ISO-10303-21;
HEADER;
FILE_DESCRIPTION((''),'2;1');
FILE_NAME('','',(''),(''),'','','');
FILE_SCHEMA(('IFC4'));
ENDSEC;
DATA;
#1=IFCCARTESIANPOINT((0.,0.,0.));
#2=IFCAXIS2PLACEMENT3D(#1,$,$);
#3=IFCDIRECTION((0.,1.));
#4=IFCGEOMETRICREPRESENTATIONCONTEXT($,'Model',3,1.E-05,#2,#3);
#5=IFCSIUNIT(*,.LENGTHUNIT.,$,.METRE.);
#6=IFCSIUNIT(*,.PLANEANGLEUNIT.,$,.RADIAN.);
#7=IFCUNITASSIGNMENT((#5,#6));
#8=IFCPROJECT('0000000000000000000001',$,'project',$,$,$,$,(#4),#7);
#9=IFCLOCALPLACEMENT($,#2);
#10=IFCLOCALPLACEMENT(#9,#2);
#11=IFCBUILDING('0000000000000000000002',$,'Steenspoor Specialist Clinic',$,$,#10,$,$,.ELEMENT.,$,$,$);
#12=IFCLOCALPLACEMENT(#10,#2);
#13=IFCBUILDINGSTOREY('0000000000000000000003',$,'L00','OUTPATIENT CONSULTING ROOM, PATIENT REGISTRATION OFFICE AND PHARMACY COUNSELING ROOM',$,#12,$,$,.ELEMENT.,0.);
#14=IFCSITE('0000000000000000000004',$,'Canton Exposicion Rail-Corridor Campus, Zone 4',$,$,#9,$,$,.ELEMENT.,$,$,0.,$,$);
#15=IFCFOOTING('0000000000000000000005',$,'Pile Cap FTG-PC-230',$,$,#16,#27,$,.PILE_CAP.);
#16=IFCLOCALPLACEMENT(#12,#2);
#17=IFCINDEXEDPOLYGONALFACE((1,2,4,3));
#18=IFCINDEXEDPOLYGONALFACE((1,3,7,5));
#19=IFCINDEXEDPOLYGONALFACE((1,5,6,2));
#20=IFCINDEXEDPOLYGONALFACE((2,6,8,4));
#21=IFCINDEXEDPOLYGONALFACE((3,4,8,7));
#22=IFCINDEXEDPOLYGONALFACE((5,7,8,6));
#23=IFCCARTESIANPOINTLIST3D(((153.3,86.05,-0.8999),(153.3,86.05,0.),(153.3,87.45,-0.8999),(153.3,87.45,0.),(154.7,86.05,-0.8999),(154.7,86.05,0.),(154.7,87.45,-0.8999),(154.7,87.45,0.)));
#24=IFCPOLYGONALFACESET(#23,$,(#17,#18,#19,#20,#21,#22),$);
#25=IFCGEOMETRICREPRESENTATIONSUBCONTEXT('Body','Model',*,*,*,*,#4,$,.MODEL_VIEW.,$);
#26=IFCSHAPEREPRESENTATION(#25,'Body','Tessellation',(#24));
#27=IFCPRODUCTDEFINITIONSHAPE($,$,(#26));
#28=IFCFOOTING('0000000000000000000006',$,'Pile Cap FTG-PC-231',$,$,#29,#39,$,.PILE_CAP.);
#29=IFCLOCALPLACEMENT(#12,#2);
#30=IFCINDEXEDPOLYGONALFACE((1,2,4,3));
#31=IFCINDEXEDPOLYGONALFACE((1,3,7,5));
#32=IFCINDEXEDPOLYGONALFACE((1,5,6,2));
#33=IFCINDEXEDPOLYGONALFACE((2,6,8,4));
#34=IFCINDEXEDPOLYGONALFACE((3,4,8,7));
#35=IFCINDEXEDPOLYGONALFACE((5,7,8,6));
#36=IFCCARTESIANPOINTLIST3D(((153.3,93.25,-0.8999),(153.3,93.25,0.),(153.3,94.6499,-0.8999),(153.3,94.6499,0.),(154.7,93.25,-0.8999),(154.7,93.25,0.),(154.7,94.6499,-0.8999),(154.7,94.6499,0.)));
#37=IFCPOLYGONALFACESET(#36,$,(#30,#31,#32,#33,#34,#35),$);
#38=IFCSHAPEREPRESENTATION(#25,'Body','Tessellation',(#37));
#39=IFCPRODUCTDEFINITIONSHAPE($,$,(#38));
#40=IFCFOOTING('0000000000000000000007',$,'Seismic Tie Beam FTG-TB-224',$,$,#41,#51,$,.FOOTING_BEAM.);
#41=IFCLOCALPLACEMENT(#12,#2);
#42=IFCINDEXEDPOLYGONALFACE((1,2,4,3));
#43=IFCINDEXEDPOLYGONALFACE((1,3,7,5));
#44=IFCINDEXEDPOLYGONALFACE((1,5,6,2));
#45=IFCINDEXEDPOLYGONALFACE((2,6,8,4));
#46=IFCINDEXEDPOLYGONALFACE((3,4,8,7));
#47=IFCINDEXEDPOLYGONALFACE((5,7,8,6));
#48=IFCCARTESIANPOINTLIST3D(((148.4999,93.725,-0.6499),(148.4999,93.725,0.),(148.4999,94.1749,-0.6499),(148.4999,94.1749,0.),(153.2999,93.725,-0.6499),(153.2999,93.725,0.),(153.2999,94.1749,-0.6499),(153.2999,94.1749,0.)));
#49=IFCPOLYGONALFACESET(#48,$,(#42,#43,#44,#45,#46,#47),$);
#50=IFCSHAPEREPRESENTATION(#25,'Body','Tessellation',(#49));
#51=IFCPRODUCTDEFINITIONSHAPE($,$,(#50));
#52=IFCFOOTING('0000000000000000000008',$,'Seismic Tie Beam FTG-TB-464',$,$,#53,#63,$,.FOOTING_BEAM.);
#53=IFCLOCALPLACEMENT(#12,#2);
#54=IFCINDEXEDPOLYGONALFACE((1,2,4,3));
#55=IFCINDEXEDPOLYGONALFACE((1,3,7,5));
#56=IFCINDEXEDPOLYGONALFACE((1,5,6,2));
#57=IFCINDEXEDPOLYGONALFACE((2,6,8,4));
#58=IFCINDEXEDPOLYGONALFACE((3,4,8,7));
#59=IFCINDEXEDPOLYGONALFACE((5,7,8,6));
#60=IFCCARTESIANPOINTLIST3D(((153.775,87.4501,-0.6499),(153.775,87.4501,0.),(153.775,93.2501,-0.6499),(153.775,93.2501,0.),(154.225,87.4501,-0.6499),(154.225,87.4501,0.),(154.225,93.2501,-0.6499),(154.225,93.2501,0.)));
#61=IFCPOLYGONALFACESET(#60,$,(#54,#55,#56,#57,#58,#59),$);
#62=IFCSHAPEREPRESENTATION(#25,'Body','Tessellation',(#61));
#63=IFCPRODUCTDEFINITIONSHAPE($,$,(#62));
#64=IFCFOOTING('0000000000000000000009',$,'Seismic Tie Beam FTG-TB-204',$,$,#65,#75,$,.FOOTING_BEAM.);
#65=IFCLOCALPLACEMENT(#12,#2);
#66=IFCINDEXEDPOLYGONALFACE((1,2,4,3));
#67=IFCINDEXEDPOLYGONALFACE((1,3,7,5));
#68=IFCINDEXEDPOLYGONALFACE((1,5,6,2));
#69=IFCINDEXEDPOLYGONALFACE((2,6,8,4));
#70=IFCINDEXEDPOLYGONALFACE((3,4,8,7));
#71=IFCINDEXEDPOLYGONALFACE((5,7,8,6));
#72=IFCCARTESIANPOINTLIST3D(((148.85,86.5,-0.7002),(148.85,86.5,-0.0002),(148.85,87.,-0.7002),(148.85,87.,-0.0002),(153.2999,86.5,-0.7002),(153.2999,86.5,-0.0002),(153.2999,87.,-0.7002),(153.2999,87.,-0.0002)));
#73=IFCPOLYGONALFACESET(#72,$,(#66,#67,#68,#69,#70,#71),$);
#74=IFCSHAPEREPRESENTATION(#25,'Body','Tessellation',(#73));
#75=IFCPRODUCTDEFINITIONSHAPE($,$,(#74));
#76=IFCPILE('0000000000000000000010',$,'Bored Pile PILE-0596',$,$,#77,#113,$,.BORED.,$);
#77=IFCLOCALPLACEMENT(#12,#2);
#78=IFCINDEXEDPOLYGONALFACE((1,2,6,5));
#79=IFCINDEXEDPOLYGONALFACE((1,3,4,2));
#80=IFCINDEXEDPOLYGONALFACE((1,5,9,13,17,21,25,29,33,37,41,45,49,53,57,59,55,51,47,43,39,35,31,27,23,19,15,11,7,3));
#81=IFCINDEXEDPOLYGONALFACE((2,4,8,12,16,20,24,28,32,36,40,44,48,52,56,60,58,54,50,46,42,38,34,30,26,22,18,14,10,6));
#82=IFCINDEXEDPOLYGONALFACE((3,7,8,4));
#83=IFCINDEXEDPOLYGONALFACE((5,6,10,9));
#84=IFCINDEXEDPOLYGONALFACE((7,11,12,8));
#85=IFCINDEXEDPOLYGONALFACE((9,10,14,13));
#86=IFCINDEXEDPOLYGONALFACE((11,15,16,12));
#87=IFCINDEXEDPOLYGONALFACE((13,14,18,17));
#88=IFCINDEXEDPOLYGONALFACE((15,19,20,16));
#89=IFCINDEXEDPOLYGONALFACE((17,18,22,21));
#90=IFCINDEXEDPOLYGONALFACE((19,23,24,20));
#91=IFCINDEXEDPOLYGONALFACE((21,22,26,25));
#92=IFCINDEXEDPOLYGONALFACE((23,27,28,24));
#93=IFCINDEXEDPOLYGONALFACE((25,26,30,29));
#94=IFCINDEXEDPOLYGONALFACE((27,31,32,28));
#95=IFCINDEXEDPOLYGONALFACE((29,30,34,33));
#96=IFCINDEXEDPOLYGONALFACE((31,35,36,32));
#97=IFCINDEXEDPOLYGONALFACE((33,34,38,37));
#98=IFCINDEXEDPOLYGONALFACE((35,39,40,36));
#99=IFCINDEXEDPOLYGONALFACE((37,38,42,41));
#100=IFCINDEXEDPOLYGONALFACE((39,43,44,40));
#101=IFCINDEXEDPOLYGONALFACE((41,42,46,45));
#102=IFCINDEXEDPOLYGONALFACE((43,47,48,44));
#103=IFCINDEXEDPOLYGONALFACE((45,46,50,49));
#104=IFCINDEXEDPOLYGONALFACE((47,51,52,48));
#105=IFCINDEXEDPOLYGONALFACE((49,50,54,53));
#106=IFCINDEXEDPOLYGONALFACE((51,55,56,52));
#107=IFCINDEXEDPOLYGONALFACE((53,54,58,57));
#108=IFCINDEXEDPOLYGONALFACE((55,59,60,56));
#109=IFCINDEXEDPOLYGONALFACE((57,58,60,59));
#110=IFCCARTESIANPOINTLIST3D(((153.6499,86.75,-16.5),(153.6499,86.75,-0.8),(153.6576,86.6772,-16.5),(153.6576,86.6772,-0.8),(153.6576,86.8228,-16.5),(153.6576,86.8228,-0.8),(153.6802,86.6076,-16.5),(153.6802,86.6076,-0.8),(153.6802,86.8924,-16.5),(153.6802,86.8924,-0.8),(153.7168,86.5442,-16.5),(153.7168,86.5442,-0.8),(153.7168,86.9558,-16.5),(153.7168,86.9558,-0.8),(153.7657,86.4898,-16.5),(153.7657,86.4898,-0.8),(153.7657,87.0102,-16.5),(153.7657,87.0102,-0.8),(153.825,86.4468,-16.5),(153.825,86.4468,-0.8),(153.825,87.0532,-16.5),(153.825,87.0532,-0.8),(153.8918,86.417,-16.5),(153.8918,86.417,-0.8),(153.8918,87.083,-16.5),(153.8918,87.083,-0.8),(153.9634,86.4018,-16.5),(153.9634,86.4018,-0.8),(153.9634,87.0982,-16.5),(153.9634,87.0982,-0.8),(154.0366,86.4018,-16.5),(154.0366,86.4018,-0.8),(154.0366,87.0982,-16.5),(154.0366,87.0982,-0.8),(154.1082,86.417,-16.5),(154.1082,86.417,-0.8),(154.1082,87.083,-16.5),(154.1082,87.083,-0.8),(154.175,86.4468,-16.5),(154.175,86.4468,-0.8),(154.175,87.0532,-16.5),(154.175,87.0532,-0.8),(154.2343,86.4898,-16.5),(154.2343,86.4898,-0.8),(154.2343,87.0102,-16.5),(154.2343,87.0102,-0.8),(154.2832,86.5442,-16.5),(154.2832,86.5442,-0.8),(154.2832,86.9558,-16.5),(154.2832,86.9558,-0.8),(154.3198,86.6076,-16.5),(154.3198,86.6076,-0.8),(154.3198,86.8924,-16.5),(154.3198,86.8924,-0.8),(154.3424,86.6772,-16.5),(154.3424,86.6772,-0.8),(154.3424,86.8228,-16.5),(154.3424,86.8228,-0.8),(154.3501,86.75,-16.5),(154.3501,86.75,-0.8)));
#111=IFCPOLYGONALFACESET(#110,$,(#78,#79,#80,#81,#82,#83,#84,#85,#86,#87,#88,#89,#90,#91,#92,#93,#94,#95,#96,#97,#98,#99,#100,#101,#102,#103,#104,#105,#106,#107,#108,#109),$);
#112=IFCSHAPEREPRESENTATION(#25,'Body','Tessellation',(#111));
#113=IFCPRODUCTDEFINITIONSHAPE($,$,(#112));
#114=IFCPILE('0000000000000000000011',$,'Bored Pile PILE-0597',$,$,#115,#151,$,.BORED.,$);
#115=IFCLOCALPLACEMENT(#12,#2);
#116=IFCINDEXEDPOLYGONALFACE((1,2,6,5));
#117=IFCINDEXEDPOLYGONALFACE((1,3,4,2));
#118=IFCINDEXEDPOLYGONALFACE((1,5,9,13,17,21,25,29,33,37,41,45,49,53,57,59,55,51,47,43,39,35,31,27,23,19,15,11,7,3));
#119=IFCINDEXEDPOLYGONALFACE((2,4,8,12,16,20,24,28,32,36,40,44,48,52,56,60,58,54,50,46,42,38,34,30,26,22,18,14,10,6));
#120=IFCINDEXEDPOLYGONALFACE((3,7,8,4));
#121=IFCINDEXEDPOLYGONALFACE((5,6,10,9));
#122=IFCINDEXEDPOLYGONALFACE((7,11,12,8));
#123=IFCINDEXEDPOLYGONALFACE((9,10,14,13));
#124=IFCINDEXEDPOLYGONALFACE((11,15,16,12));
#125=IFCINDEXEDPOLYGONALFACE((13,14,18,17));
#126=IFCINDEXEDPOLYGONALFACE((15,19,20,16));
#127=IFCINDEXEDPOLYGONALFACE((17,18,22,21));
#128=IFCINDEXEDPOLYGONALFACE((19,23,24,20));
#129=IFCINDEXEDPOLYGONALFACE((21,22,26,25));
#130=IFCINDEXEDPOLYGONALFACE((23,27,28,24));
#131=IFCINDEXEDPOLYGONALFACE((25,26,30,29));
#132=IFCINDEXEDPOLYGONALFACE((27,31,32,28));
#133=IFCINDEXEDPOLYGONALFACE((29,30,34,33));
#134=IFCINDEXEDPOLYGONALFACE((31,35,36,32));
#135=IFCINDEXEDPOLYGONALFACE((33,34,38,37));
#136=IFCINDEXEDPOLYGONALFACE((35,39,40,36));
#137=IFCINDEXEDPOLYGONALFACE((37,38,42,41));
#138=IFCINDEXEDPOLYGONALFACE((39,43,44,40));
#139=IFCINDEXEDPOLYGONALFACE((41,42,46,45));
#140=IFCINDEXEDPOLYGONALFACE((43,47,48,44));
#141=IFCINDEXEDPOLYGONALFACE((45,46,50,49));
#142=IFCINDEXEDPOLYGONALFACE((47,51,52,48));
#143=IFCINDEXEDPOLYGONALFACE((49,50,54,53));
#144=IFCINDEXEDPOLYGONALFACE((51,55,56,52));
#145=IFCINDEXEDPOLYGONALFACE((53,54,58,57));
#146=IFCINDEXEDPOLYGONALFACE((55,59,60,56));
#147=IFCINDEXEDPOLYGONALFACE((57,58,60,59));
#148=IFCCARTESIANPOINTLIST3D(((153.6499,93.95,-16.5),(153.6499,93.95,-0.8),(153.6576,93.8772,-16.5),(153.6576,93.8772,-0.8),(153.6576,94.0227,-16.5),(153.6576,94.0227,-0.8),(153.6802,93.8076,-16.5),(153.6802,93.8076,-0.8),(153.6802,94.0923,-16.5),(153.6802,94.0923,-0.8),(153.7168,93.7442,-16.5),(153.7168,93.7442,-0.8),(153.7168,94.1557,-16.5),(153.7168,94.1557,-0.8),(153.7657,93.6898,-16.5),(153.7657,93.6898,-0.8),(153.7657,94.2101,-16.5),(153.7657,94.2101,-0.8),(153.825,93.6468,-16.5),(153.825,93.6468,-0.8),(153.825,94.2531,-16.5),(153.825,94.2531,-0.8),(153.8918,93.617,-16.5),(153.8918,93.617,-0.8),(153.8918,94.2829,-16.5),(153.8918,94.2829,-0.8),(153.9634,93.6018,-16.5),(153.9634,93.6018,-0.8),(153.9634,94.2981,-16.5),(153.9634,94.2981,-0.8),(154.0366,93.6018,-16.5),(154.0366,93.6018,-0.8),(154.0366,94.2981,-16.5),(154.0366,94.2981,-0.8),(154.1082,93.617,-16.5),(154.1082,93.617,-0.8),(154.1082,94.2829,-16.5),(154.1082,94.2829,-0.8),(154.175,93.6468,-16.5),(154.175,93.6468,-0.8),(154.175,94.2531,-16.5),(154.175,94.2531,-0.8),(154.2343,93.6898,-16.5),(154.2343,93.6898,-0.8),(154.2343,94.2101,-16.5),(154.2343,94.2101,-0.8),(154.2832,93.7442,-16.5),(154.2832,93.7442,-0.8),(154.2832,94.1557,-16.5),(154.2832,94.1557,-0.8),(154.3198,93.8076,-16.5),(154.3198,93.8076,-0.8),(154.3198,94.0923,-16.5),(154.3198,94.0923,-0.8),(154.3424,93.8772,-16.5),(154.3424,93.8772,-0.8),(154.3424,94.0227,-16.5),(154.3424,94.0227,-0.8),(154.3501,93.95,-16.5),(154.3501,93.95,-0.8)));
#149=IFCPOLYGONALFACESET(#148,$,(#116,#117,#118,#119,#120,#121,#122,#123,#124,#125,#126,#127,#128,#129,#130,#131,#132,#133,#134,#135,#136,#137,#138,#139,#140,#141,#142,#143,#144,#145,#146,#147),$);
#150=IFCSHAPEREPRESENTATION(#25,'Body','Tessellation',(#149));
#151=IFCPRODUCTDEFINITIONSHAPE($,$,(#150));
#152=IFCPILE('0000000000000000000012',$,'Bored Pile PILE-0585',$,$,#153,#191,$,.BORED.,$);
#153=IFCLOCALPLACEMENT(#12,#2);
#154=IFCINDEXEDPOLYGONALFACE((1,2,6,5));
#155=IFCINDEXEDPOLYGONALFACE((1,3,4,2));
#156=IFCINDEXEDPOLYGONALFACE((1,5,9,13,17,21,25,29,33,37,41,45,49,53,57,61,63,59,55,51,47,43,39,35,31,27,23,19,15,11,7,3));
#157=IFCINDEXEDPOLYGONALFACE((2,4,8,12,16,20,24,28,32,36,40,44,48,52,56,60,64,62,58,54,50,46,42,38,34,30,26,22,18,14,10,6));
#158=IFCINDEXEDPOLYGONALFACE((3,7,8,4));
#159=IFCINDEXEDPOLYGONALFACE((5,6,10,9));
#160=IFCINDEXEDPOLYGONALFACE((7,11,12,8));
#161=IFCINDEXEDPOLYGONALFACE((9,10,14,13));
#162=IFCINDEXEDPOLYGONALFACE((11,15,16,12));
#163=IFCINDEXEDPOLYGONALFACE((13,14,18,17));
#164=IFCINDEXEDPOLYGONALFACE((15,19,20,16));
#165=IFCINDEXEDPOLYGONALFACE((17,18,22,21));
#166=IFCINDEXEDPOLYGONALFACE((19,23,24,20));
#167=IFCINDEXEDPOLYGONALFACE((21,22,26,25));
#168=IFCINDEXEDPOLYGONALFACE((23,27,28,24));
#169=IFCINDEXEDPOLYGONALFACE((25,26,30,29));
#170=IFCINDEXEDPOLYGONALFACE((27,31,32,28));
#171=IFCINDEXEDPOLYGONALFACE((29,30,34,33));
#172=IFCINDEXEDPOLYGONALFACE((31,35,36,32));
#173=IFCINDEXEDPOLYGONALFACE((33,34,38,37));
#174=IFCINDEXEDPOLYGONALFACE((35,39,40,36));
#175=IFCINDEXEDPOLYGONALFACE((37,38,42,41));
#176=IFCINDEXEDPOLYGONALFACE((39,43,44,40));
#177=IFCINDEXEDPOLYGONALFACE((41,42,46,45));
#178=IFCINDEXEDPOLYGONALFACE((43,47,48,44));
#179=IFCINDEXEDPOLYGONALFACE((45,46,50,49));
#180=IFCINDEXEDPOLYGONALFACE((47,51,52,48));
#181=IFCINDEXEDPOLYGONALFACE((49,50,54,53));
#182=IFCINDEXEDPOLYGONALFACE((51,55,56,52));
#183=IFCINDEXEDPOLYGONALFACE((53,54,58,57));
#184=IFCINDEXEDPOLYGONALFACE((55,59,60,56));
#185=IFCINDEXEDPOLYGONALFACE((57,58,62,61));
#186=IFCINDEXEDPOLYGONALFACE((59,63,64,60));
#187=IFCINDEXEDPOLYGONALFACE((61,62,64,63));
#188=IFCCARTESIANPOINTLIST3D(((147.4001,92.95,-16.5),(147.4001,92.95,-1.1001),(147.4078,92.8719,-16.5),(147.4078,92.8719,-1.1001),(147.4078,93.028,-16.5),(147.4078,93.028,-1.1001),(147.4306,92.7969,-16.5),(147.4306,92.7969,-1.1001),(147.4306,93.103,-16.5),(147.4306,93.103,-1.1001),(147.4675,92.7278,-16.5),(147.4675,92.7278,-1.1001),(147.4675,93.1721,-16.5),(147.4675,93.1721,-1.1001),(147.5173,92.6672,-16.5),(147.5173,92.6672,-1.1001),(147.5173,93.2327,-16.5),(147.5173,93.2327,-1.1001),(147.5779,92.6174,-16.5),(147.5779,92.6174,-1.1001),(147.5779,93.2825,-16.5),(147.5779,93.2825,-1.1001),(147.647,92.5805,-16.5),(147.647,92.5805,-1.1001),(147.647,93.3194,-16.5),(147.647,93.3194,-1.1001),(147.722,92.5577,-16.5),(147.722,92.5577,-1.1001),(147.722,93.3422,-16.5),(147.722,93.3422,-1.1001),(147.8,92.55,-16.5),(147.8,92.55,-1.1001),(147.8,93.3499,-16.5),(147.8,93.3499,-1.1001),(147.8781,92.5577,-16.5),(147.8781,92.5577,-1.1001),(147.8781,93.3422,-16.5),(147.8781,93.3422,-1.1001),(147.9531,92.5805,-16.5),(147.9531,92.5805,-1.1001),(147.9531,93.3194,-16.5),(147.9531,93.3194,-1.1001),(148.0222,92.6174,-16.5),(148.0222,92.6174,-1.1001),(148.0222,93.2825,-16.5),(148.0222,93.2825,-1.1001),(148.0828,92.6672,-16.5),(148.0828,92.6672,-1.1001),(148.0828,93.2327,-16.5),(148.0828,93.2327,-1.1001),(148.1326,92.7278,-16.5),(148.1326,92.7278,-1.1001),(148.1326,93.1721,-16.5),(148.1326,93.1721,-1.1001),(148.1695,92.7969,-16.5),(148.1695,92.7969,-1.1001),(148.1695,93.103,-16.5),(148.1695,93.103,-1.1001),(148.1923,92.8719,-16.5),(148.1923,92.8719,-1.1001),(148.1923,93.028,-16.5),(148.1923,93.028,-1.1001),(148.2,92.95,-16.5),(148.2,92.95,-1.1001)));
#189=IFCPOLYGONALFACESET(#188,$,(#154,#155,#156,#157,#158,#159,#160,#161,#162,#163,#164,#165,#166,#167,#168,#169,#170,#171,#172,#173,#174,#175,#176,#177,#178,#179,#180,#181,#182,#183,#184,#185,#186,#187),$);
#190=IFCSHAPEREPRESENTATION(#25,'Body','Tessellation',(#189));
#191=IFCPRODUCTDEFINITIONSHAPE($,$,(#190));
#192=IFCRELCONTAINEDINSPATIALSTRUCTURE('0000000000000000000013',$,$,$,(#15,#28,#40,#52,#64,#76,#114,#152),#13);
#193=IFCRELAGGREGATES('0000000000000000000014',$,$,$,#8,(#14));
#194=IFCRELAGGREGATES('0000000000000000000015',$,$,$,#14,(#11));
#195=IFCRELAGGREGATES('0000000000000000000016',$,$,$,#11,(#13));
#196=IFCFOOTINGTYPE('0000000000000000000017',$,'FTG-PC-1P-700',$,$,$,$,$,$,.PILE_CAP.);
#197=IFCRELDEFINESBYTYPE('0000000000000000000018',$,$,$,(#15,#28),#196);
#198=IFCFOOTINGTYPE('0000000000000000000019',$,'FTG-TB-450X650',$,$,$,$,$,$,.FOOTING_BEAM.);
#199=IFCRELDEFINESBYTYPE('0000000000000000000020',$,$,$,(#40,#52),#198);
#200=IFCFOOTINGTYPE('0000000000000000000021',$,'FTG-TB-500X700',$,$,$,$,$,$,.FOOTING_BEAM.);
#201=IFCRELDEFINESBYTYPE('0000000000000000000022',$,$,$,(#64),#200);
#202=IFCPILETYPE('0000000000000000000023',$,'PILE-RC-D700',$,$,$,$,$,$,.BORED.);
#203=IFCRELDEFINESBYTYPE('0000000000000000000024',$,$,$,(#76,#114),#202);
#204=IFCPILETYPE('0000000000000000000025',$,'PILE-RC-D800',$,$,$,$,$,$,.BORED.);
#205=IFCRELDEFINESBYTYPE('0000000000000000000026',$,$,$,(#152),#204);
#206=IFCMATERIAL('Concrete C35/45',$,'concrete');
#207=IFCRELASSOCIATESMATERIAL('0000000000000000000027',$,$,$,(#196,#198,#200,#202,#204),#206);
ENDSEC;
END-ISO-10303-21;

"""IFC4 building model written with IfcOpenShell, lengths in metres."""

from ifc_helpers import new_model, si_unit, direction, frame, origin, origin_2d, place, context, subcontext, project, spatial, rectangle, circle, extrude, material, material_profile, profile_set, type_object, element, save


model = new_model("IFC4")

# Units and contexts
model_context = context("Model", 3, precision=1e-05, world=origin(), true_north=direction((0.0, 1.0)))
body_context = subcontext(model_context, "Body", "Model", "MODEL_VIEW")
ifc_project = project(units=[si_unit("LENGTHUNIT", "METRE"), si_unit("PLANEANGLEUNIT", "RADIAN")], contexts=[model_context])

# Site, building, storey
site_placement = place(None, origin())
site = spatial("IfcSite", under=ifc_project, at=site_placement, Name="Canton Exposicion Rail-Corridor Campus, Zone 4", CompositionType="ELEMENT", RefElevation=0.0)
building_placement = place(site_placement, origin())
building = spatial("IfcBuilding", under=site, at=building_placement, Name="Steenspoor Specialist Clinic", CompositionType="ELEMENT")
storey_placement = place(building_placement, origin())
storey = spatial("IfcBuildingStorey", under=building, at=storey_placement, Name="L00", Description="OUTPATIENT CONSULTING ROOM, PATIENT REGISTRATION OFFICE AND PHARMACY COUNSELING ROOM", CompositionType="ELEMENT", Elevation=0.0)

# Footings
ifc_material_1 = material(Name="Concrete C35/45", Category="concrete")
footing_type_1 = type_object("IfcFootingType", Name="FTG-PC-1P-700", PredefinedType="PILE_CAP", material=ifc_material_1)
for number, where, z_axis, x_axis, name in (
    (1, (154.0, 86.75, -0.8999), (0.0, 0.0, 1.0), (1.0, 0.0, 0.0), "Pile Cap FTG-PC-230"),
    (2, (154.0, 93.95, -0.8999), (0.0, 0.0, 1.0), (1.0, 0.0, 0.0), "Pile Cap FTG-PC-231"),
):
    element("IfcFooting", number, at=place(storey_placement, frame(where, z_axis=z_axis, x_axis=x_axis)), inside=storey, type_object=footing_type_1, Name=name, PredefinedType="PILE_CAP", context=body_context, shape_type="SweptSolid", body=[
        extrude(rectangle(XDim=1.3999, YDim=1.3999, at=origin_2d()), origin(), (0.0, 0.0, 1.0), 0.8999),
    ])
footing_type_2 = type_object("IfcFootingType", Name="FTG-TB-450X650", PredefinedType="FOOTING_BEAM", material=ifc_material_1)
footing_1_placement = place(storey_placement, frame((150.8999, 93.95, -0.6499), z_axis=(0.0, 0.0, 1.0), x_axis=(1.0, 0.0, 0.0)))
element("IfcFooting", 3, at=footing_1_placement, inside=storey, type_object=footing_type_2, Name="Seismic Tie Beam FTG-TB-224", PredefinedType="FOOTING_BEAM", context=body_context, shape_type="SweptSolid", body=[
    extrude(rectangle(XDim=4.8, YDim=0.45, at=origin_2d()), origin(), (0.0, 0.0, 1.0), 0.6499),
])
footing_2_placement = place(storey_placement, frame((154.0, 90.3501, -0.6499), z_axis=(0.0, 0.0, 1.0), x_axis=(1.0, 0.0, 0.0)))
element("IfcFooting", 4, at=footing_2_placement, inside=storey, type_object=footing_type_2, Name="Seismic Tie Beam FTG-TB-464", PredefinedType="FOOTING_BEAM", context=body_context, shape_type="SweptSolid", body=[
    extrude(rectangle(XDim=0.45, YDim=5.8, at=origin_2d()), origin(), (0.0, 0.0, 1.0), 0.6499),
])
footing_type_3 = type_object("IfcFootingType", Name="FTG-TB-500X700", PredefinedType="FOOTING_BEAM", material=ifc_material_1)
footing_3_placement = place(storey_placement, frame((151.075, 86.75, -0.7002), z_axis=(0.0, 0.0, 1.0), x_axis=(1.0, 0.0, 0.0)))
element("IfcFooting", 5, at=footing_3_placement, inside=storey, type_object=footing_type_3, Name="Seismic Tie Beam FTG-TB-204", PredefinedType="FOOTING_BEAM", context=body_context, shape_type="SweptSolid", body=[
    extrude(rectangle(XDim=4.45, YDim=0.5, at=origin_2d()), origin(), (0.0, 0.0, 1.0), 0.7),
])

# Piles
ifc_material_profile_1 = material_profile(ifc_material_1, circle(Radius=0.3501, at=origin_2d()), Name="PILE-D700")
ifc_profile_set_1 = profile_set([ifc_material_profile_1], Name="Concrete C35/45")
pile_type_1 = type_object("IfcPileType", Name="PILE-RC-D700", PredefinedType="BORED", material=ifc_profile_set_1)
for number, where, z_axis, x_axis, name in (
    (6, (154.0, 86.75, -0.8), (0.0, 0.0, -1.0), (1.0, 0.0, 0.0), "Bored Pile PILE-0596"),
    (7, (154.0, 93.95, -0.8), (0.0, 0.0, -1.0), (1.0, 0.0, 0.0), "Bored Pile PILE-0597"),
):
    element("IfcPile", number, at=place(storey_placement, frame(where, z_axis=z_axis, x_axis=x_axis)), inside=storey, type_object=pile_type_1, Name=name, PredefinedType="BORED", context=body_context, shape_type="SweptSolid", body=[
        extrude(circle(Radius=0.3501, at=origin_2d()), origin(), (0.0, 0.0, 1.0), 15.7),
    ])
ifc_material_profile_2 = material_profile(ifc_material_1, circle(Radius=0.3999, at=origin_2d()), Name="PILE-D800")
ifc_profile_set_2 = profile_set([ifc_material_profile_2], Name="Concrete C35/45")
pile_type_2 = type_object("IfcPileType", Name="PILE-RC-D800", PredefinedType="BORED", material=ifc_profile_set_2)
pile_placement = place(storey_placement, frame((147.8, 92.95, -1.1001), z_axis=(0.0, 0.0, -1.0), x_axis=(1.0, 0.0, 0.0)))
element("IfcPile", 8, at=pile_placement, inside=storey, type_object=pile_type_2, Name="Bored Pile PILE-0585", PredefinedType="BORED", context=body_context, shape_type="SweptSolid", body=[
    extrude(circle(Radius=0.3999, at=origin_2d()), origin(), (0.0, 0.0, 1.0), 15.3999),
])

save(model, "model.ifc")
